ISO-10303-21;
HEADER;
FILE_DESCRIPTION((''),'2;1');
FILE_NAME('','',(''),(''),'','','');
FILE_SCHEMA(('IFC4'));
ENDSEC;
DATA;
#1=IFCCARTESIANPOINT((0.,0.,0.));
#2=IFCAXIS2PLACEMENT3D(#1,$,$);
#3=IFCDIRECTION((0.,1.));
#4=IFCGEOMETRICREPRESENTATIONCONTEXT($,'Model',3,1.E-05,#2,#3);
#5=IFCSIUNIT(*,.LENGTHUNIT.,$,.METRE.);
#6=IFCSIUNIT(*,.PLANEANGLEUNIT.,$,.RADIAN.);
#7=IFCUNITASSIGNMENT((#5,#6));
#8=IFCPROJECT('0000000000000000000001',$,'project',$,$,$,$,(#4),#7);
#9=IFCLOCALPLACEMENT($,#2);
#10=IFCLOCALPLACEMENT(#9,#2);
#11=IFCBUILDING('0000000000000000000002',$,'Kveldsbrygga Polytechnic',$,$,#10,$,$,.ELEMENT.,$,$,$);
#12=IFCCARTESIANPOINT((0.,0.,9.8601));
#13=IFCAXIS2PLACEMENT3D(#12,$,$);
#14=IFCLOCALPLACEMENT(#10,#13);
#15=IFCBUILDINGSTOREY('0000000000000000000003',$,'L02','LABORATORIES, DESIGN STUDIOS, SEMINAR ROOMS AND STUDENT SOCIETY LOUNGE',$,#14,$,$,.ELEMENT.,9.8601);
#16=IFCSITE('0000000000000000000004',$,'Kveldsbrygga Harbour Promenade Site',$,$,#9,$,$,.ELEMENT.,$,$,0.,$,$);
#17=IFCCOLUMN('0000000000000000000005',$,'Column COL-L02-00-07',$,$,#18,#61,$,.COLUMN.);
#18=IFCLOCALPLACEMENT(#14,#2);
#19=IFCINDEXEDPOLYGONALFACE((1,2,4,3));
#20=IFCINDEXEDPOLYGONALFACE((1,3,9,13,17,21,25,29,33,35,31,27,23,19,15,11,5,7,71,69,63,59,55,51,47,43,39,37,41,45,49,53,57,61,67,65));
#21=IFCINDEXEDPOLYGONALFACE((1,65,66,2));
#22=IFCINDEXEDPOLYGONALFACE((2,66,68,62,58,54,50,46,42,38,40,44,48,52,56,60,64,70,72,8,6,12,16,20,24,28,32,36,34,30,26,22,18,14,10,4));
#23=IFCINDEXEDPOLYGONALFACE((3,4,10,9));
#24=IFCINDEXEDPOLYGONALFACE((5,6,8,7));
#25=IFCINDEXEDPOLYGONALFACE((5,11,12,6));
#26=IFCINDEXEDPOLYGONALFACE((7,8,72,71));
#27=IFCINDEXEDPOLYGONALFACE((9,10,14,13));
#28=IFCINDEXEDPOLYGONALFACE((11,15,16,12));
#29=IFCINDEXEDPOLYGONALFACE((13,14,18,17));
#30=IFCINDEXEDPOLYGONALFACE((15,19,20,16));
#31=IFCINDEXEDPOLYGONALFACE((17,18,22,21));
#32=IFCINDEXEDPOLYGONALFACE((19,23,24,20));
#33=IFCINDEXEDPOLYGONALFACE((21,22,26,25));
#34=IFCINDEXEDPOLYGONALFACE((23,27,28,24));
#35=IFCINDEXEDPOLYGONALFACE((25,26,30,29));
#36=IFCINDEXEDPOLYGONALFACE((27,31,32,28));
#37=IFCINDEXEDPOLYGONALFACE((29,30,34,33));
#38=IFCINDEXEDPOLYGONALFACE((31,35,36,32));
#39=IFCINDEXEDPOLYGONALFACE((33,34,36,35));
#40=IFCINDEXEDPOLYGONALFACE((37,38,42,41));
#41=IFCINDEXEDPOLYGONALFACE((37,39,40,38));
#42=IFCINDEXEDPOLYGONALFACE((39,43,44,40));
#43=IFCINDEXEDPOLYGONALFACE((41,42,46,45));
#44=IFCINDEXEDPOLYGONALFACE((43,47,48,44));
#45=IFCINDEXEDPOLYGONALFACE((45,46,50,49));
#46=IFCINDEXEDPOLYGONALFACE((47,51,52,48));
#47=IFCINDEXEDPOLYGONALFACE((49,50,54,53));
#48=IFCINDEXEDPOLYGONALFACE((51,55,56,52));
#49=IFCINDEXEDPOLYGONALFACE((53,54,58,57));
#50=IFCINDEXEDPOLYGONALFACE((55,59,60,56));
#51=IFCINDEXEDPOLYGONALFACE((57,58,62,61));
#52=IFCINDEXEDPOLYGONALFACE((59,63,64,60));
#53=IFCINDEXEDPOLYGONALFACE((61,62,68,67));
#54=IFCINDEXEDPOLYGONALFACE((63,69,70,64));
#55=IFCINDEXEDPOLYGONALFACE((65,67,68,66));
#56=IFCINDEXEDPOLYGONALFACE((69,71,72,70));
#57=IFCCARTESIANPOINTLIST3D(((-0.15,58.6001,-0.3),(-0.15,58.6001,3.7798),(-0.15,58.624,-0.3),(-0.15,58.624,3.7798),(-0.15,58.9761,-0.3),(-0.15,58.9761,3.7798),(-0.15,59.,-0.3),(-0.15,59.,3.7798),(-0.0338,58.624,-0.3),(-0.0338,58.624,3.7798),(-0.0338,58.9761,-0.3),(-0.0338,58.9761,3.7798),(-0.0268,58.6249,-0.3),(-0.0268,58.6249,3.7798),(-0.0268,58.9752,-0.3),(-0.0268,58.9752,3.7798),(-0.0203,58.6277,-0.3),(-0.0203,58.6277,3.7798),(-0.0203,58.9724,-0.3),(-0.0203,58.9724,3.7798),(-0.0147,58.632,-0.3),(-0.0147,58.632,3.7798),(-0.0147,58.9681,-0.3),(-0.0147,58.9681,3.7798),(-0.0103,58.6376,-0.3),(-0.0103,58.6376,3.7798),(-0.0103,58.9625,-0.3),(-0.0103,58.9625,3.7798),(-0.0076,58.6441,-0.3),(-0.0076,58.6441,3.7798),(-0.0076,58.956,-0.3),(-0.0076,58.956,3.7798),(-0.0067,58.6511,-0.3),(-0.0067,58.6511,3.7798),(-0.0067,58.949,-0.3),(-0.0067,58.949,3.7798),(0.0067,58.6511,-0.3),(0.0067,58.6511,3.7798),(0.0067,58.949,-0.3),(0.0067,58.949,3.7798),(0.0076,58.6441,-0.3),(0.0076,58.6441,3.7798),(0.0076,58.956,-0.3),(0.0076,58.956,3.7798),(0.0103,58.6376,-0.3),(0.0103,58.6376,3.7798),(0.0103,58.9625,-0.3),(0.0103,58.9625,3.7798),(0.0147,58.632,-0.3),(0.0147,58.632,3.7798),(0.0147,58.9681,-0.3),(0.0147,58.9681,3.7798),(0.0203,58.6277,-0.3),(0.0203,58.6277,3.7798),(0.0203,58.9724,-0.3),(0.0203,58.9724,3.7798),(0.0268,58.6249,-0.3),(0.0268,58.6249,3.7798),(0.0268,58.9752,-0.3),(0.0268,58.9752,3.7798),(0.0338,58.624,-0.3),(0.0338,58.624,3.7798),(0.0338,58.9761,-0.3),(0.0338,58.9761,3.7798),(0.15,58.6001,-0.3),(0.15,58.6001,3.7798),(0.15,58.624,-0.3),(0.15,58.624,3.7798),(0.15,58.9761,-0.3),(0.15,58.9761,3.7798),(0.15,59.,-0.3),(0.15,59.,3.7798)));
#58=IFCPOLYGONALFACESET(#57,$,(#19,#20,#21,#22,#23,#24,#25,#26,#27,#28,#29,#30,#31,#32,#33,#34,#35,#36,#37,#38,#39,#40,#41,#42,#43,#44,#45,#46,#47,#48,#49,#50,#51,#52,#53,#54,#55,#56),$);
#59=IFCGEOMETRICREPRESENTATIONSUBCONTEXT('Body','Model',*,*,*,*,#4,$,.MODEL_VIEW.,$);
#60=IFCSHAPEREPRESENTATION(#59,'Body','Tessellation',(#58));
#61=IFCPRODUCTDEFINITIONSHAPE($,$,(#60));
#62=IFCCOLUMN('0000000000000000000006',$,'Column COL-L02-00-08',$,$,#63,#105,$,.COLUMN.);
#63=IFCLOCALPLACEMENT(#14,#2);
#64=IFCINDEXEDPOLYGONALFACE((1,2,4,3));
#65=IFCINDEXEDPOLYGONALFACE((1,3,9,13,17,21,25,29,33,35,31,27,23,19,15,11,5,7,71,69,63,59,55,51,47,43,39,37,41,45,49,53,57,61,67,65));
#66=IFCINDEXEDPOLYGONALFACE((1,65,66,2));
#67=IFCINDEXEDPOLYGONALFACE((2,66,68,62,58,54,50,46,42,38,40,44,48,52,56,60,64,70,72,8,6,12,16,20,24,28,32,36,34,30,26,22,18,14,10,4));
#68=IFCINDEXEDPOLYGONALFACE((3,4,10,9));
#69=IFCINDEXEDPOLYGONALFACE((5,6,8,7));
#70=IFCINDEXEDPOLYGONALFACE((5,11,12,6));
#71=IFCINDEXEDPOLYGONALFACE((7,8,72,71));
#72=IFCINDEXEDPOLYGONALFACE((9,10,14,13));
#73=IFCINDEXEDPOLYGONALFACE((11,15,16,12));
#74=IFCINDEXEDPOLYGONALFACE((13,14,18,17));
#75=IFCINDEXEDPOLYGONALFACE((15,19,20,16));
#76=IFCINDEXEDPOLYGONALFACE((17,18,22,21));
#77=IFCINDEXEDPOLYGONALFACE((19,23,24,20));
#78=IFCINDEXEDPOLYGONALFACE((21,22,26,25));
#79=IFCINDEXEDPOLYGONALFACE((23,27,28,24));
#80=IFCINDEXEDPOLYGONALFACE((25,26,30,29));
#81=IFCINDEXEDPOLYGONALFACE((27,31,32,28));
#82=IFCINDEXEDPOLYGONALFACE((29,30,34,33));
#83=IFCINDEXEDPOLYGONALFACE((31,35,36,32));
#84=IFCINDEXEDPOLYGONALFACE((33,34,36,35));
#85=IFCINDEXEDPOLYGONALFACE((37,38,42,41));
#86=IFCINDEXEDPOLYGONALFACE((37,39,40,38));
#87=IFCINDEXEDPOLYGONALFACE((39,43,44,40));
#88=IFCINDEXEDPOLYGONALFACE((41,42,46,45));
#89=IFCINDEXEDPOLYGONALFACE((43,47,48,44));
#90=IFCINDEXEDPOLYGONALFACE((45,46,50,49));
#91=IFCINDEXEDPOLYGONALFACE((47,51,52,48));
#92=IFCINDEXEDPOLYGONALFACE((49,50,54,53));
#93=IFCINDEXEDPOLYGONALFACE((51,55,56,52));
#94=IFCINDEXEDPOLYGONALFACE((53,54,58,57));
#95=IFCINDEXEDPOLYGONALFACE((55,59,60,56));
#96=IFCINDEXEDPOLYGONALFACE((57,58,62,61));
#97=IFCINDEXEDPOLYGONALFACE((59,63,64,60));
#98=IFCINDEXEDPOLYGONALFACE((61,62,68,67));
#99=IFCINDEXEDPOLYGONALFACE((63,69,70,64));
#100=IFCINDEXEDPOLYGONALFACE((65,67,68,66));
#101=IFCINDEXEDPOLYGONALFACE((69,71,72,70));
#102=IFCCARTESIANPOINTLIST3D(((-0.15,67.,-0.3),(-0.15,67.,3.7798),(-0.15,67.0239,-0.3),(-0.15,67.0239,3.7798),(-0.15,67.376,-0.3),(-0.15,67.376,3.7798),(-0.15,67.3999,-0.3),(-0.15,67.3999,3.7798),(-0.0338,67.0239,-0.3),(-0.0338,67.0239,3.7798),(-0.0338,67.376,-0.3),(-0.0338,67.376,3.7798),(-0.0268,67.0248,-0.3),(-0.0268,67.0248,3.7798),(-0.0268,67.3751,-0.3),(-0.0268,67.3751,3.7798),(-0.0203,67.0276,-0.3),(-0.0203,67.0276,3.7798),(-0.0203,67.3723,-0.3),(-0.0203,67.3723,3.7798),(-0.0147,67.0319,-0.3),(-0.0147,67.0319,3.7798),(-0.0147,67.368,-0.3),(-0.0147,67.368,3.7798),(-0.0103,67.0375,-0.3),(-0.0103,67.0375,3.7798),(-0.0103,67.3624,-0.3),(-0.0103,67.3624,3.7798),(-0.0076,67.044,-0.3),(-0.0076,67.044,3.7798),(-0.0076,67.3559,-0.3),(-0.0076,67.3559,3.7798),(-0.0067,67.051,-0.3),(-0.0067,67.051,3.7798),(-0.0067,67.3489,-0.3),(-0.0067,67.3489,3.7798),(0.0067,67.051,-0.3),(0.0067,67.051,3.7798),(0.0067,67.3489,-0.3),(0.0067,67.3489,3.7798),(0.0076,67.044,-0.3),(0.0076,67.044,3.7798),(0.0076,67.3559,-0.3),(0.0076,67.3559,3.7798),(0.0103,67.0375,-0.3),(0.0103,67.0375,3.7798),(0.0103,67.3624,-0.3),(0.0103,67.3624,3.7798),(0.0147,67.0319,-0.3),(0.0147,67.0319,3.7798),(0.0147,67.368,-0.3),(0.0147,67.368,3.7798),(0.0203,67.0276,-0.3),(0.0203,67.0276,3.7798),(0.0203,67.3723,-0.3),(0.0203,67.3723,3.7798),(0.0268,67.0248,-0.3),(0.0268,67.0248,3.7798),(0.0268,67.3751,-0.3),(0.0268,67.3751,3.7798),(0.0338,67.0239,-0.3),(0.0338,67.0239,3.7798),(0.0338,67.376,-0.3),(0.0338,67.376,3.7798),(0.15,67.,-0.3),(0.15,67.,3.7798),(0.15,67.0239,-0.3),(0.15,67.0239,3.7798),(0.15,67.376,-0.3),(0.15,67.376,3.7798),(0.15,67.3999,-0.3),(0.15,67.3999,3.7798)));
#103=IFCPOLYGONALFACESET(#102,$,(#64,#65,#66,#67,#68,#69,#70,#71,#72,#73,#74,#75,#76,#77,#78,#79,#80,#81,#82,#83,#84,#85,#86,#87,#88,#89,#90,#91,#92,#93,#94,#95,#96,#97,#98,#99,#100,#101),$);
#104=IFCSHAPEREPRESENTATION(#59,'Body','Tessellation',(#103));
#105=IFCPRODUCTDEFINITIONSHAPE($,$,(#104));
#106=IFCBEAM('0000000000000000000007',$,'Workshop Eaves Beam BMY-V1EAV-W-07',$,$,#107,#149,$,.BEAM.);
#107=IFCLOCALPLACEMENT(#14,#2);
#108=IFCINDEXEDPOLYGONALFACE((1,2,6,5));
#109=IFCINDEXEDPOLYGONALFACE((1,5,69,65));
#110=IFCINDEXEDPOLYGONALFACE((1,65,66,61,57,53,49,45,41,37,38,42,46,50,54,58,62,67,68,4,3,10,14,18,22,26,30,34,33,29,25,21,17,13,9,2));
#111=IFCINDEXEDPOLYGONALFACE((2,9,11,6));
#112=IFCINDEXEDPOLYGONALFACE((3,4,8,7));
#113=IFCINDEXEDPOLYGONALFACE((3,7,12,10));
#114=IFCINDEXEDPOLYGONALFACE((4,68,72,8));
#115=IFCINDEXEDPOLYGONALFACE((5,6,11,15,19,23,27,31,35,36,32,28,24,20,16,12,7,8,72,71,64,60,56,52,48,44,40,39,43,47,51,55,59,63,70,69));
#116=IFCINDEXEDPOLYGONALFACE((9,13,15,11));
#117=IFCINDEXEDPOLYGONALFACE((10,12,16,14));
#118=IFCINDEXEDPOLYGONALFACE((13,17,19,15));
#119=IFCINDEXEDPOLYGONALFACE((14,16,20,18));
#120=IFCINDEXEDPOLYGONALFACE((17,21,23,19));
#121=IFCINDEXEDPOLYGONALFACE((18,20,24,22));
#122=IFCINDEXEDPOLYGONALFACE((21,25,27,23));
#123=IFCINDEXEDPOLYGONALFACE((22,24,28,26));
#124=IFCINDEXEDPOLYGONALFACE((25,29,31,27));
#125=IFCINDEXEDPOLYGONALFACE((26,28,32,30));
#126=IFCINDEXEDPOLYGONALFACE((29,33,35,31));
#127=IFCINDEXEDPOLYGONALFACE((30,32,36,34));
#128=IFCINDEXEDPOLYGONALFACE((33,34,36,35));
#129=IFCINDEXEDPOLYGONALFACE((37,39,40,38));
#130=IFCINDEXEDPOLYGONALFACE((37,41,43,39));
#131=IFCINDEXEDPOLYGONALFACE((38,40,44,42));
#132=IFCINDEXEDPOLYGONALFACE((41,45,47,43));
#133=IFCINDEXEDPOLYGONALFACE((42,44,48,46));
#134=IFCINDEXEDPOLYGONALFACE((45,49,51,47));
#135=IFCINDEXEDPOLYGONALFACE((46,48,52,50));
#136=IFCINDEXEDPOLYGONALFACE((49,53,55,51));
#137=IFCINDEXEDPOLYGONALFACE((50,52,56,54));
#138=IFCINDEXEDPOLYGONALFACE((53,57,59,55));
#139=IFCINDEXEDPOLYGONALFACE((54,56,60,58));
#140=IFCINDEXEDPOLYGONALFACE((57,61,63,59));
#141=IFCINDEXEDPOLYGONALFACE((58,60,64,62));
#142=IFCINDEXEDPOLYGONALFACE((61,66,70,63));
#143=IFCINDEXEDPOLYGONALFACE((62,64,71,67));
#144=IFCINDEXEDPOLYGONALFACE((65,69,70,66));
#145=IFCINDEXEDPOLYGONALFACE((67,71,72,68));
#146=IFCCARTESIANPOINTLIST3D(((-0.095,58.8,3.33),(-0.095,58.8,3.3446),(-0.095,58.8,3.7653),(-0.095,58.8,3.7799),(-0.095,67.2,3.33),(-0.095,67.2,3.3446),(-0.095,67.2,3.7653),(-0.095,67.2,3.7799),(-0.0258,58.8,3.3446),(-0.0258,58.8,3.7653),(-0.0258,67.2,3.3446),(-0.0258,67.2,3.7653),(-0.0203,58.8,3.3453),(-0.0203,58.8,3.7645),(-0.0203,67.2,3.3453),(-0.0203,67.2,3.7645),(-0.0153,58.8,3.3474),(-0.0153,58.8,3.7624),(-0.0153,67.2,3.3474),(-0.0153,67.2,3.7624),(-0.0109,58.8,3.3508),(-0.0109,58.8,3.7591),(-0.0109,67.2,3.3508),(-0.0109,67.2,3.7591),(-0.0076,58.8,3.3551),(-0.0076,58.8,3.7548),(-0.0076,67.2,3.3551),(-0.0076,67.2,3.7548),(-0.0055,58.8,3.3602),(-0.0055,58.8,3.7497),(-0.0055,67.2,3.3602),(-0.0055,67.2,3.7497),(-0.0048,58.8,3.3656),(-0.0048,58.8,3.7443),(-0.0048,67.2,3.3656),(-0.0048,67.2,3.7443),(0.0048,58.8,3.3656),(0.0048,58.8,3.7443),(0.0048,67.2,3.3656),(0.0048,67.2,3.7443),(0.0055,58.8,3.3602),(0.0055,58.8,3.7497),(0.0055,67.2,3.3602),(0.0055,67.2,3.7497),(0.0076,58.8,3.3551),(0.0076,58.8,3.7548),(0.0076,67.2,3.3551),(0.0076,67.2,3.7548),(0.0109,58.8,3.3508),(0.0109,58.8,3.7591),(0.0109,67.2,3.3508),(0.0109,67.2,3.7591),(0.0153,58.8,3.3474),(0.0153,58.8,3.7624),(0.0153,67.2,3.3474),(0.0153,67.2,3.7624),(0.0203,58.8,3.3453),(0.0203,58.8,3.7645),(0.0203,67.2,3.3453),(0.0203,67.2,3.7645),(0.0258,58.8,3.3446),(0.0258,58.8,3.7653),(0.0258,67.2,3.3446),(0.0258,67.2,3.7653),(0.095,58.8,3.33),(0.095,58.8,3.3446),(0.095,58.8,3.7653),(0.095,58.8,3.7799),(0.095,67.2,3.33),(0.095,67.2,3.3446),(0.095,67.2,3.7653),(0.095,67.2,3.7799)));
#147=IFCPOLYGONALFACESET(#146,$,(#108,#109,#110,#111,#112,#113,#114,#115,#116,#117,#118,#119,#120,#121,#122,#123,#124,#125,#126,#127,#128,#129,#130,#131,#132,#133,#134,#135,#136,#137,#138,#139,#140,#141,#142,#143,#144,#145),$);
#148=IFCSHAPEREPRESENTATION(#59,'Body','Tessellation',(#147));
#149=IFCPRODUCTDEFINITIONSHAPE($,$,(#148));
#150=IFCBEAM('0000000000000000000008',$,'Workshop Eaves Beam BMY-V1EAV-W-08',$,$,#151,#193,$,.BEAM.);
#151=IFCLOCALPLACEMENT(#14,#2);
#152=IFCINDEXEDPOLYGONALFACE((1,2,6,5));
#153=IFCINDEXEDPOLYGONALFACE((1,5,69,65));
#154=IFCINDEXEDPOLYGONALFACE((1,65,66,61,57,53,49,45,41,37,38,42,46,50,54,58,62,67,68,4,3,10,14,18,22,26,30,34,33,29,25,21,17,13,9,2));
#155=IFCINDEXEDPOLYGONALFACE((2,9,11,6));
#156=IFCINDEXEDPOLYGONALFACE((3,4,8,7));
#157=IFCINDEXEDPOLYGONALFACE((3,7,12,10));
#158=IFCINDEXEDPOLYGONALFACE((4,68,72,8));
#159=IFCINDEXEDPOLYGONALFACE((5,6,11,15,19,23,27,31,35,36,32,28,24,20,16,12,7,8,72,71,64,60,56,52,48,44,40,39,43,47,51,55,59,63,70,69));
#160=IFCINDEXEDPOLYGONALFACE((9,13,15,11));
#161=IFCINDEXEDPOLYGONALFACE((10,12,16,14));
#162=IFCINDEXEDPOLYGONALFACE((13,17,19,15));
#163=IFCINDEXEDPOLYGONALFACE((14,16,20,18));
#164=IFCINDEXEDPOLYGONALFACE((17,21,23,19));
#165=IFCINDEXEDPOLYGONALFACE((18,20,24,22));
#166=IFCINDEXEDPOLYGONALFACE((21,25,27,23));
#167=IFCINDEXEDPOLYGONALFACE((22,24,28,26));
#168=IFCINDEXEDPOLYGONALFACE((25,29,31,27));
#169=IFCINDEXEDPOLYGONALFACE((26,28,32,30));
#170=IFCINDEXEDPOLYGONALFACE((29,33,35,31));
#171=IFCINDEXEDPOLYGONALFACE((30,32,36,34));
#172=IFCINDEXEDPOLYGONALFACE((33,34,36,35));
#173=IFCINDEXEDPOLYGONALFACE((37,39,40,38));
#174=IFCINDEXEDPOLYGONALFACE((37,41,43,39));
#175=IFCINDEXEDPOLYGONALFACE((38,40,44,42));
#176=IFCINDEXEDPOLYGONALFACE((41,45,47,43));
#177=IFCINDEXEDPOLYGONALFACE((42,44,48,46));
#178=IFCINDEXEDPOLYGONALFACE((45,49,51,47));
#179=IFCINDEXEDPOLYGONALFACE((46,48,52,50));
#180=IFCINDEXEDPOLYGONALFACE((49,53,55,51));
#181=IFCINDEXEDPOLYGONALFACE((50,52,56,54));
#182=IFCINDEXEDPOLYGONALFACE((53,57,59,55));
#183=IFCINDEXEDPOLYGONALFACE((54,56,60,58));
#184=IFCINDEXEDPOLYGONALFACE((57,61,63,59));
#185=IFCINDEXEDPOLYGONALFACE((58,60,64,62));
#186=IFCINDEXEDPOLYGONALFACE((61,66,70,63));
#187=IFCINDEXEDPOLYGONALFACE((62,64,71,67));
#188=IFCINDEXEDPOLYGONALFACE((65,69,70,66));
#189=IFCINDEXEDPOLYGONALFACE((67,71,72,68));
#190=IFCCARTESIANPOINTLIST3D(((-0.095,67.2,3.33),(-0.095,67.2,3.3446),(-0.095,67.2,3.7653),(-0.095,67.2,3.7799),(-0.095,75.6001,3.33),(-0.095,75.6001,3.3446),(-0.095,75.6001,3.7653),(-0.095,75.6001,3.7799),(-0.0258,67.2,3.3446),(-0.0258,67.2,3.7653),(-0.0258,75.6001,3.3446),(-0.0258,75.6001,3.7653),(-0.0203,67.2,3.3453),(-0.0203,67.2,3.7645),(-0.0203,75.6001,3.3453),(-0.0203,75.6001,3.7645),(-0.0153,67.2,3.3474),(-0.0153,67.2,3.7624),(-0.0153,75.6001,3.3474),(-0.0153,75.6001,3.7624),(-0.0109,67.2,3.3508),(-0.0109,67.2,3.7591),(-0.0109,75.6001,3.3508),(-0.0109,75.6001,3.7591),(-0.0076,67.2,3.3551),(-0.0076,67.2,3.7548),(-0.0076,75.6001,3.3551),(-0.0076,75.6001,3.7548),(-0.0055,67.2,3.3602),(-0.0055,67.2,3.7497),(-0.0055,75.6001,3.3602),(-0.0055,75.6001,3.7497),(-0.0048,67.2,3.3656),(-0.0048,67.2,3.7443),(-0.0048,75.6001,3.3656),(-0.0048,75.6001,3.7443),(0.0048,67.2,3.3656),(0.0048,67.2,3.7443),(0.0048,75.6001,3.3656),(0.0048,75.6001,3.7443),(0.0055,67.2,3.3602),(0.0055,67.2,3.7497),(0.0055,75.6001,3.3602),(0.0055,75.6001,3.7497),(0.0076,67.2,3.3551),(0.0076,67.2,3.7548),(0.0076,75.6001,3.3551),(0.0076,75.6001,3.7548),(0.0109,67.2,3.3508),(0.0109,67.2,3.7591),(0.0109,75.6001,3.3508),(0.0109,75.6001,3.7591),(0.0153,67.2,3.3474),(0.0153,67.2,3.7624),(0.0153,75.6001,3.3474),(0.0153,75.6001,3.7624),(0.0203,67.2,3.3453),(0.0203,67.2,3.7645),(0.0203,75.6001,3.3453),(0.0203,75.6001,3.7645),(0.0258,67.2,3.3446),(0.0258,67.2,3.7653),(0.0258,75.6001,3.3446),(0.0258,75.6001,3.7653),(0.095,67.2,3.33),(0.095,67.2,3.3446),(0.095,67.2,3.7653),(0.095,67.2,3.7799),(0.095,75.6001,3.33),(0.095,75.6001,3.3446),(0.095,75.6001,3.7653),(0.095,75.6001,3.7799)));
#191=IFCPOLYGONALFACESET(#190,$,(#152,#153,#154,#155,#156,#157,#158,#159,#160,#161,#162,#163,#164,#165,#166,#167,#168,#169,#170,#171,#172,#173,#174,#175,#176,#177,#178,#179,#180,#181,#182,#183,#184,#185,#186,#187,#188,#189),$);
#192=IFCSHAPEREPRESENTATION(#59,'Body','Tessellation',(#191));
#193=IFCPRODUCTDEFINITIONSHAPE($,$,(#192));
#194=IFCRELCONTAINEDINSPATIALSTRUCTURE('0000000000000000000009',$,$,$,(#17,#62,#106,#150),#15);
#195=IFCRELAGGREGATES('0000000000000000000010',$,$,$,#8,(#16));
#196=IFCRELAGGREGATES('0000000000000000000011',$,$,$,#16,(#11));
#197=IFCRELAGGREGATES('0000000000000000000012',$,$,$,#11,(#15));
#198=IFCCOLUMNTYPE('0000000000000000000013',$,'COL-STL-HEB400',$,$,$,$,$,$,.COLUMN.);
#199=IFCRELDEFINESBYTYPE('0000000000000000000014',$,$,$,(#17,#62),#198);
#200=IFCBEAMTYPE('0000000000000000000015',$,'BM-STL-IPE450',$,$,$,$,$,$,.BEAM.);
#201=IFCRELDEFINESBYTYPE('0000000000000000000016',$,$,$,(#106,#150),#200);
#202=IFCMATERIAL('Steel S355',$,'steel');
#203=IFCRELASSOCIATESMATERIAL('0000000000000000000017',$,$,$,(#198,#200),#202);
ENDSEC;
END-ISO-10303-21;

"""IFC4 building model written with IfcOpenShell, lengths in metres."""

from ifc_helpers import new_model, si_unit, direction, frame, origin, origin_2d, place, context, subcontext, project, spatial, i_section, extrude, material, material_profile, profile_set, type_object, element, save


model = new_model("IFC4")

# Units and contexts
model_context = context("Model", 3, precision=1e-05, world=origin(), true_north=direction((0.0, 1.0)))
body_context = subcontext(model_context, "Body", "Model", "MODEL_VIEW")
ifc_project = project(units=[si_unit("LENGTHUNIT", "METRE"), si_unit("PLANEANGLEUNIT", "RADIAN")], contexts=[model_context])

# Site, building, storey
site_placement = place(None, origin())
site = spatial("IfcSite", under=ifc_project, at=site_placement, Name="Kveldsbrygga Harbour Promenade Site", CompositionType="ELEMENT", RefElevation=0.0)
building_placement = place(site_placement, origin())
building = spatial("IfcBuilding", under=site, at=building_placement, Name="Kveldsbrygga Polytechnic", CompositionType="ELEMENT")
storey_placement = place(building_placement, frame((0.0, 0.0, 9.8601)))
storey = spatial("IfcBuildingStorey", under=building, at=storey_placement, Name="L02", Description="LABORATORIES, DESIGN STUDIOS, SEMINAR ROOMS AND STUDENT SOCIETY LOUNGE", CompositionType="ELEMENT", Elevation=9.8601)

# Columns
ifc_material_1 = material(Name="Steel S355", Category="steel")
ifc_material_profile_1 = material_profile(ifc_material_1, i_section(OverallWidth=0.3, OverallDepth=0.3999, WebThickness=0.0134, FlangeThickness=0.0239, FilletRadius=0.0271, at=origin_2d()), Name="HEB 400")
ifc_profile_set_1 = profile_set([ifc_material_profile_1], Name="Steel S355")
column_type = type_object("IfcColumnType", Name="COL-STL-HEB400", PredefinedType="COLUMN", material=ifc_profile_set_1)
for number, where, z_axis, x_axis, name in (
    (1, (0.0, 58.8, -0.3), (0.0, 0.0, 1.0), (1.0, 0.0, 0.0), "Column COL-L02-00-07"),
    (2, (0.0, 67.2, -0.3), (0.0, 0.0, 1.0), (1.0, 0.0, 0.0), "Column COL-L02-00-08"),
):
    element("IfcColumn", number, at=place(storey_placement, frame(where, z_axis=z_axis, x_axis=x_axis)), inside=storey, type_object=column_type, Name=name, PredefinedType="COLUMN", context=body_context, shape_type="SweptSolid", body=[
        extrude(i_section(OverallWidth=0.3, OverallDepth=0.3999, WebThickness=0.0134, FlangeThickness=0.0239, FilletRadius=0.0271, at=origin_2d()), origin(), (0.0, 0.0, 1.0), 4.0798),
    ])

# Beams
ifc_material_profile_2 = material_profile(ifc_material_1, i_section(OverallWidth=0.1899, OverallDepth=0.45, WebThickness=0.0095, FlangeThickness=0.0146, FilletRadius=0.021, at=origin_2d()), Name="IPE 450")
ifc_profile_set_2 = profile_set([ifc_material_profile_2], Name="Steel S355")
beam_type = type_object("IfcBeamType", Name="BM-STL-IPE450", PredefinedType="BEAM", material=ifc_profile_set_2)
beam_1_placement = place(storey_placement, frame((0.0, 58.8, 3.5549), z_axis=(0.0, 1.0, 0.0), x_axis=(-1.0, 0.0, 0.0)))
element("IfcBeam", 3, at=beam_1_placement, inside=storey, type_object=beam_type, Name="Workshop Eaves Beam BMY-V1EAV-W-07", PredefinedType="BEAM", context=body_context, shape_type="SweptSolid", body=[
    extrude(i_section(OverallWidth=0.1899, OverallDepth=0.45, WebThickness=0.0095, FlangeThickness=0.0146, FilletRadius=0.021, at=origin_2d()), origin(), (0.0, 0.0, 1.0), 8.3999),
])
beam_2_placement = place(storey_placement, frame((0.0, 67.2, 3.5549), z_axis=(0.0, 1.0, 0.0), x_axis=(-1.0, 0.0, 0.0)))
element("IfcBeam", 4, at=beam_2_placement, inside=storey, type_object=beam_type, Name="Workshop Eaves Beam BMY-V1EAV-W-08", PredefinedType="BEAM", context=body_context, shape_type="SweptSolid", body=[
    extrude(i_section(OverallWidth=0.1899, OverallDepth=0.45, WebThickness=0.0095, FlangeThickness=0.0146, FilletRadius=0.021, at=origin_2d()), origin(), (0.0, 0.0, 1.0), 8.4001),
])

save(model, "model.ifc")
